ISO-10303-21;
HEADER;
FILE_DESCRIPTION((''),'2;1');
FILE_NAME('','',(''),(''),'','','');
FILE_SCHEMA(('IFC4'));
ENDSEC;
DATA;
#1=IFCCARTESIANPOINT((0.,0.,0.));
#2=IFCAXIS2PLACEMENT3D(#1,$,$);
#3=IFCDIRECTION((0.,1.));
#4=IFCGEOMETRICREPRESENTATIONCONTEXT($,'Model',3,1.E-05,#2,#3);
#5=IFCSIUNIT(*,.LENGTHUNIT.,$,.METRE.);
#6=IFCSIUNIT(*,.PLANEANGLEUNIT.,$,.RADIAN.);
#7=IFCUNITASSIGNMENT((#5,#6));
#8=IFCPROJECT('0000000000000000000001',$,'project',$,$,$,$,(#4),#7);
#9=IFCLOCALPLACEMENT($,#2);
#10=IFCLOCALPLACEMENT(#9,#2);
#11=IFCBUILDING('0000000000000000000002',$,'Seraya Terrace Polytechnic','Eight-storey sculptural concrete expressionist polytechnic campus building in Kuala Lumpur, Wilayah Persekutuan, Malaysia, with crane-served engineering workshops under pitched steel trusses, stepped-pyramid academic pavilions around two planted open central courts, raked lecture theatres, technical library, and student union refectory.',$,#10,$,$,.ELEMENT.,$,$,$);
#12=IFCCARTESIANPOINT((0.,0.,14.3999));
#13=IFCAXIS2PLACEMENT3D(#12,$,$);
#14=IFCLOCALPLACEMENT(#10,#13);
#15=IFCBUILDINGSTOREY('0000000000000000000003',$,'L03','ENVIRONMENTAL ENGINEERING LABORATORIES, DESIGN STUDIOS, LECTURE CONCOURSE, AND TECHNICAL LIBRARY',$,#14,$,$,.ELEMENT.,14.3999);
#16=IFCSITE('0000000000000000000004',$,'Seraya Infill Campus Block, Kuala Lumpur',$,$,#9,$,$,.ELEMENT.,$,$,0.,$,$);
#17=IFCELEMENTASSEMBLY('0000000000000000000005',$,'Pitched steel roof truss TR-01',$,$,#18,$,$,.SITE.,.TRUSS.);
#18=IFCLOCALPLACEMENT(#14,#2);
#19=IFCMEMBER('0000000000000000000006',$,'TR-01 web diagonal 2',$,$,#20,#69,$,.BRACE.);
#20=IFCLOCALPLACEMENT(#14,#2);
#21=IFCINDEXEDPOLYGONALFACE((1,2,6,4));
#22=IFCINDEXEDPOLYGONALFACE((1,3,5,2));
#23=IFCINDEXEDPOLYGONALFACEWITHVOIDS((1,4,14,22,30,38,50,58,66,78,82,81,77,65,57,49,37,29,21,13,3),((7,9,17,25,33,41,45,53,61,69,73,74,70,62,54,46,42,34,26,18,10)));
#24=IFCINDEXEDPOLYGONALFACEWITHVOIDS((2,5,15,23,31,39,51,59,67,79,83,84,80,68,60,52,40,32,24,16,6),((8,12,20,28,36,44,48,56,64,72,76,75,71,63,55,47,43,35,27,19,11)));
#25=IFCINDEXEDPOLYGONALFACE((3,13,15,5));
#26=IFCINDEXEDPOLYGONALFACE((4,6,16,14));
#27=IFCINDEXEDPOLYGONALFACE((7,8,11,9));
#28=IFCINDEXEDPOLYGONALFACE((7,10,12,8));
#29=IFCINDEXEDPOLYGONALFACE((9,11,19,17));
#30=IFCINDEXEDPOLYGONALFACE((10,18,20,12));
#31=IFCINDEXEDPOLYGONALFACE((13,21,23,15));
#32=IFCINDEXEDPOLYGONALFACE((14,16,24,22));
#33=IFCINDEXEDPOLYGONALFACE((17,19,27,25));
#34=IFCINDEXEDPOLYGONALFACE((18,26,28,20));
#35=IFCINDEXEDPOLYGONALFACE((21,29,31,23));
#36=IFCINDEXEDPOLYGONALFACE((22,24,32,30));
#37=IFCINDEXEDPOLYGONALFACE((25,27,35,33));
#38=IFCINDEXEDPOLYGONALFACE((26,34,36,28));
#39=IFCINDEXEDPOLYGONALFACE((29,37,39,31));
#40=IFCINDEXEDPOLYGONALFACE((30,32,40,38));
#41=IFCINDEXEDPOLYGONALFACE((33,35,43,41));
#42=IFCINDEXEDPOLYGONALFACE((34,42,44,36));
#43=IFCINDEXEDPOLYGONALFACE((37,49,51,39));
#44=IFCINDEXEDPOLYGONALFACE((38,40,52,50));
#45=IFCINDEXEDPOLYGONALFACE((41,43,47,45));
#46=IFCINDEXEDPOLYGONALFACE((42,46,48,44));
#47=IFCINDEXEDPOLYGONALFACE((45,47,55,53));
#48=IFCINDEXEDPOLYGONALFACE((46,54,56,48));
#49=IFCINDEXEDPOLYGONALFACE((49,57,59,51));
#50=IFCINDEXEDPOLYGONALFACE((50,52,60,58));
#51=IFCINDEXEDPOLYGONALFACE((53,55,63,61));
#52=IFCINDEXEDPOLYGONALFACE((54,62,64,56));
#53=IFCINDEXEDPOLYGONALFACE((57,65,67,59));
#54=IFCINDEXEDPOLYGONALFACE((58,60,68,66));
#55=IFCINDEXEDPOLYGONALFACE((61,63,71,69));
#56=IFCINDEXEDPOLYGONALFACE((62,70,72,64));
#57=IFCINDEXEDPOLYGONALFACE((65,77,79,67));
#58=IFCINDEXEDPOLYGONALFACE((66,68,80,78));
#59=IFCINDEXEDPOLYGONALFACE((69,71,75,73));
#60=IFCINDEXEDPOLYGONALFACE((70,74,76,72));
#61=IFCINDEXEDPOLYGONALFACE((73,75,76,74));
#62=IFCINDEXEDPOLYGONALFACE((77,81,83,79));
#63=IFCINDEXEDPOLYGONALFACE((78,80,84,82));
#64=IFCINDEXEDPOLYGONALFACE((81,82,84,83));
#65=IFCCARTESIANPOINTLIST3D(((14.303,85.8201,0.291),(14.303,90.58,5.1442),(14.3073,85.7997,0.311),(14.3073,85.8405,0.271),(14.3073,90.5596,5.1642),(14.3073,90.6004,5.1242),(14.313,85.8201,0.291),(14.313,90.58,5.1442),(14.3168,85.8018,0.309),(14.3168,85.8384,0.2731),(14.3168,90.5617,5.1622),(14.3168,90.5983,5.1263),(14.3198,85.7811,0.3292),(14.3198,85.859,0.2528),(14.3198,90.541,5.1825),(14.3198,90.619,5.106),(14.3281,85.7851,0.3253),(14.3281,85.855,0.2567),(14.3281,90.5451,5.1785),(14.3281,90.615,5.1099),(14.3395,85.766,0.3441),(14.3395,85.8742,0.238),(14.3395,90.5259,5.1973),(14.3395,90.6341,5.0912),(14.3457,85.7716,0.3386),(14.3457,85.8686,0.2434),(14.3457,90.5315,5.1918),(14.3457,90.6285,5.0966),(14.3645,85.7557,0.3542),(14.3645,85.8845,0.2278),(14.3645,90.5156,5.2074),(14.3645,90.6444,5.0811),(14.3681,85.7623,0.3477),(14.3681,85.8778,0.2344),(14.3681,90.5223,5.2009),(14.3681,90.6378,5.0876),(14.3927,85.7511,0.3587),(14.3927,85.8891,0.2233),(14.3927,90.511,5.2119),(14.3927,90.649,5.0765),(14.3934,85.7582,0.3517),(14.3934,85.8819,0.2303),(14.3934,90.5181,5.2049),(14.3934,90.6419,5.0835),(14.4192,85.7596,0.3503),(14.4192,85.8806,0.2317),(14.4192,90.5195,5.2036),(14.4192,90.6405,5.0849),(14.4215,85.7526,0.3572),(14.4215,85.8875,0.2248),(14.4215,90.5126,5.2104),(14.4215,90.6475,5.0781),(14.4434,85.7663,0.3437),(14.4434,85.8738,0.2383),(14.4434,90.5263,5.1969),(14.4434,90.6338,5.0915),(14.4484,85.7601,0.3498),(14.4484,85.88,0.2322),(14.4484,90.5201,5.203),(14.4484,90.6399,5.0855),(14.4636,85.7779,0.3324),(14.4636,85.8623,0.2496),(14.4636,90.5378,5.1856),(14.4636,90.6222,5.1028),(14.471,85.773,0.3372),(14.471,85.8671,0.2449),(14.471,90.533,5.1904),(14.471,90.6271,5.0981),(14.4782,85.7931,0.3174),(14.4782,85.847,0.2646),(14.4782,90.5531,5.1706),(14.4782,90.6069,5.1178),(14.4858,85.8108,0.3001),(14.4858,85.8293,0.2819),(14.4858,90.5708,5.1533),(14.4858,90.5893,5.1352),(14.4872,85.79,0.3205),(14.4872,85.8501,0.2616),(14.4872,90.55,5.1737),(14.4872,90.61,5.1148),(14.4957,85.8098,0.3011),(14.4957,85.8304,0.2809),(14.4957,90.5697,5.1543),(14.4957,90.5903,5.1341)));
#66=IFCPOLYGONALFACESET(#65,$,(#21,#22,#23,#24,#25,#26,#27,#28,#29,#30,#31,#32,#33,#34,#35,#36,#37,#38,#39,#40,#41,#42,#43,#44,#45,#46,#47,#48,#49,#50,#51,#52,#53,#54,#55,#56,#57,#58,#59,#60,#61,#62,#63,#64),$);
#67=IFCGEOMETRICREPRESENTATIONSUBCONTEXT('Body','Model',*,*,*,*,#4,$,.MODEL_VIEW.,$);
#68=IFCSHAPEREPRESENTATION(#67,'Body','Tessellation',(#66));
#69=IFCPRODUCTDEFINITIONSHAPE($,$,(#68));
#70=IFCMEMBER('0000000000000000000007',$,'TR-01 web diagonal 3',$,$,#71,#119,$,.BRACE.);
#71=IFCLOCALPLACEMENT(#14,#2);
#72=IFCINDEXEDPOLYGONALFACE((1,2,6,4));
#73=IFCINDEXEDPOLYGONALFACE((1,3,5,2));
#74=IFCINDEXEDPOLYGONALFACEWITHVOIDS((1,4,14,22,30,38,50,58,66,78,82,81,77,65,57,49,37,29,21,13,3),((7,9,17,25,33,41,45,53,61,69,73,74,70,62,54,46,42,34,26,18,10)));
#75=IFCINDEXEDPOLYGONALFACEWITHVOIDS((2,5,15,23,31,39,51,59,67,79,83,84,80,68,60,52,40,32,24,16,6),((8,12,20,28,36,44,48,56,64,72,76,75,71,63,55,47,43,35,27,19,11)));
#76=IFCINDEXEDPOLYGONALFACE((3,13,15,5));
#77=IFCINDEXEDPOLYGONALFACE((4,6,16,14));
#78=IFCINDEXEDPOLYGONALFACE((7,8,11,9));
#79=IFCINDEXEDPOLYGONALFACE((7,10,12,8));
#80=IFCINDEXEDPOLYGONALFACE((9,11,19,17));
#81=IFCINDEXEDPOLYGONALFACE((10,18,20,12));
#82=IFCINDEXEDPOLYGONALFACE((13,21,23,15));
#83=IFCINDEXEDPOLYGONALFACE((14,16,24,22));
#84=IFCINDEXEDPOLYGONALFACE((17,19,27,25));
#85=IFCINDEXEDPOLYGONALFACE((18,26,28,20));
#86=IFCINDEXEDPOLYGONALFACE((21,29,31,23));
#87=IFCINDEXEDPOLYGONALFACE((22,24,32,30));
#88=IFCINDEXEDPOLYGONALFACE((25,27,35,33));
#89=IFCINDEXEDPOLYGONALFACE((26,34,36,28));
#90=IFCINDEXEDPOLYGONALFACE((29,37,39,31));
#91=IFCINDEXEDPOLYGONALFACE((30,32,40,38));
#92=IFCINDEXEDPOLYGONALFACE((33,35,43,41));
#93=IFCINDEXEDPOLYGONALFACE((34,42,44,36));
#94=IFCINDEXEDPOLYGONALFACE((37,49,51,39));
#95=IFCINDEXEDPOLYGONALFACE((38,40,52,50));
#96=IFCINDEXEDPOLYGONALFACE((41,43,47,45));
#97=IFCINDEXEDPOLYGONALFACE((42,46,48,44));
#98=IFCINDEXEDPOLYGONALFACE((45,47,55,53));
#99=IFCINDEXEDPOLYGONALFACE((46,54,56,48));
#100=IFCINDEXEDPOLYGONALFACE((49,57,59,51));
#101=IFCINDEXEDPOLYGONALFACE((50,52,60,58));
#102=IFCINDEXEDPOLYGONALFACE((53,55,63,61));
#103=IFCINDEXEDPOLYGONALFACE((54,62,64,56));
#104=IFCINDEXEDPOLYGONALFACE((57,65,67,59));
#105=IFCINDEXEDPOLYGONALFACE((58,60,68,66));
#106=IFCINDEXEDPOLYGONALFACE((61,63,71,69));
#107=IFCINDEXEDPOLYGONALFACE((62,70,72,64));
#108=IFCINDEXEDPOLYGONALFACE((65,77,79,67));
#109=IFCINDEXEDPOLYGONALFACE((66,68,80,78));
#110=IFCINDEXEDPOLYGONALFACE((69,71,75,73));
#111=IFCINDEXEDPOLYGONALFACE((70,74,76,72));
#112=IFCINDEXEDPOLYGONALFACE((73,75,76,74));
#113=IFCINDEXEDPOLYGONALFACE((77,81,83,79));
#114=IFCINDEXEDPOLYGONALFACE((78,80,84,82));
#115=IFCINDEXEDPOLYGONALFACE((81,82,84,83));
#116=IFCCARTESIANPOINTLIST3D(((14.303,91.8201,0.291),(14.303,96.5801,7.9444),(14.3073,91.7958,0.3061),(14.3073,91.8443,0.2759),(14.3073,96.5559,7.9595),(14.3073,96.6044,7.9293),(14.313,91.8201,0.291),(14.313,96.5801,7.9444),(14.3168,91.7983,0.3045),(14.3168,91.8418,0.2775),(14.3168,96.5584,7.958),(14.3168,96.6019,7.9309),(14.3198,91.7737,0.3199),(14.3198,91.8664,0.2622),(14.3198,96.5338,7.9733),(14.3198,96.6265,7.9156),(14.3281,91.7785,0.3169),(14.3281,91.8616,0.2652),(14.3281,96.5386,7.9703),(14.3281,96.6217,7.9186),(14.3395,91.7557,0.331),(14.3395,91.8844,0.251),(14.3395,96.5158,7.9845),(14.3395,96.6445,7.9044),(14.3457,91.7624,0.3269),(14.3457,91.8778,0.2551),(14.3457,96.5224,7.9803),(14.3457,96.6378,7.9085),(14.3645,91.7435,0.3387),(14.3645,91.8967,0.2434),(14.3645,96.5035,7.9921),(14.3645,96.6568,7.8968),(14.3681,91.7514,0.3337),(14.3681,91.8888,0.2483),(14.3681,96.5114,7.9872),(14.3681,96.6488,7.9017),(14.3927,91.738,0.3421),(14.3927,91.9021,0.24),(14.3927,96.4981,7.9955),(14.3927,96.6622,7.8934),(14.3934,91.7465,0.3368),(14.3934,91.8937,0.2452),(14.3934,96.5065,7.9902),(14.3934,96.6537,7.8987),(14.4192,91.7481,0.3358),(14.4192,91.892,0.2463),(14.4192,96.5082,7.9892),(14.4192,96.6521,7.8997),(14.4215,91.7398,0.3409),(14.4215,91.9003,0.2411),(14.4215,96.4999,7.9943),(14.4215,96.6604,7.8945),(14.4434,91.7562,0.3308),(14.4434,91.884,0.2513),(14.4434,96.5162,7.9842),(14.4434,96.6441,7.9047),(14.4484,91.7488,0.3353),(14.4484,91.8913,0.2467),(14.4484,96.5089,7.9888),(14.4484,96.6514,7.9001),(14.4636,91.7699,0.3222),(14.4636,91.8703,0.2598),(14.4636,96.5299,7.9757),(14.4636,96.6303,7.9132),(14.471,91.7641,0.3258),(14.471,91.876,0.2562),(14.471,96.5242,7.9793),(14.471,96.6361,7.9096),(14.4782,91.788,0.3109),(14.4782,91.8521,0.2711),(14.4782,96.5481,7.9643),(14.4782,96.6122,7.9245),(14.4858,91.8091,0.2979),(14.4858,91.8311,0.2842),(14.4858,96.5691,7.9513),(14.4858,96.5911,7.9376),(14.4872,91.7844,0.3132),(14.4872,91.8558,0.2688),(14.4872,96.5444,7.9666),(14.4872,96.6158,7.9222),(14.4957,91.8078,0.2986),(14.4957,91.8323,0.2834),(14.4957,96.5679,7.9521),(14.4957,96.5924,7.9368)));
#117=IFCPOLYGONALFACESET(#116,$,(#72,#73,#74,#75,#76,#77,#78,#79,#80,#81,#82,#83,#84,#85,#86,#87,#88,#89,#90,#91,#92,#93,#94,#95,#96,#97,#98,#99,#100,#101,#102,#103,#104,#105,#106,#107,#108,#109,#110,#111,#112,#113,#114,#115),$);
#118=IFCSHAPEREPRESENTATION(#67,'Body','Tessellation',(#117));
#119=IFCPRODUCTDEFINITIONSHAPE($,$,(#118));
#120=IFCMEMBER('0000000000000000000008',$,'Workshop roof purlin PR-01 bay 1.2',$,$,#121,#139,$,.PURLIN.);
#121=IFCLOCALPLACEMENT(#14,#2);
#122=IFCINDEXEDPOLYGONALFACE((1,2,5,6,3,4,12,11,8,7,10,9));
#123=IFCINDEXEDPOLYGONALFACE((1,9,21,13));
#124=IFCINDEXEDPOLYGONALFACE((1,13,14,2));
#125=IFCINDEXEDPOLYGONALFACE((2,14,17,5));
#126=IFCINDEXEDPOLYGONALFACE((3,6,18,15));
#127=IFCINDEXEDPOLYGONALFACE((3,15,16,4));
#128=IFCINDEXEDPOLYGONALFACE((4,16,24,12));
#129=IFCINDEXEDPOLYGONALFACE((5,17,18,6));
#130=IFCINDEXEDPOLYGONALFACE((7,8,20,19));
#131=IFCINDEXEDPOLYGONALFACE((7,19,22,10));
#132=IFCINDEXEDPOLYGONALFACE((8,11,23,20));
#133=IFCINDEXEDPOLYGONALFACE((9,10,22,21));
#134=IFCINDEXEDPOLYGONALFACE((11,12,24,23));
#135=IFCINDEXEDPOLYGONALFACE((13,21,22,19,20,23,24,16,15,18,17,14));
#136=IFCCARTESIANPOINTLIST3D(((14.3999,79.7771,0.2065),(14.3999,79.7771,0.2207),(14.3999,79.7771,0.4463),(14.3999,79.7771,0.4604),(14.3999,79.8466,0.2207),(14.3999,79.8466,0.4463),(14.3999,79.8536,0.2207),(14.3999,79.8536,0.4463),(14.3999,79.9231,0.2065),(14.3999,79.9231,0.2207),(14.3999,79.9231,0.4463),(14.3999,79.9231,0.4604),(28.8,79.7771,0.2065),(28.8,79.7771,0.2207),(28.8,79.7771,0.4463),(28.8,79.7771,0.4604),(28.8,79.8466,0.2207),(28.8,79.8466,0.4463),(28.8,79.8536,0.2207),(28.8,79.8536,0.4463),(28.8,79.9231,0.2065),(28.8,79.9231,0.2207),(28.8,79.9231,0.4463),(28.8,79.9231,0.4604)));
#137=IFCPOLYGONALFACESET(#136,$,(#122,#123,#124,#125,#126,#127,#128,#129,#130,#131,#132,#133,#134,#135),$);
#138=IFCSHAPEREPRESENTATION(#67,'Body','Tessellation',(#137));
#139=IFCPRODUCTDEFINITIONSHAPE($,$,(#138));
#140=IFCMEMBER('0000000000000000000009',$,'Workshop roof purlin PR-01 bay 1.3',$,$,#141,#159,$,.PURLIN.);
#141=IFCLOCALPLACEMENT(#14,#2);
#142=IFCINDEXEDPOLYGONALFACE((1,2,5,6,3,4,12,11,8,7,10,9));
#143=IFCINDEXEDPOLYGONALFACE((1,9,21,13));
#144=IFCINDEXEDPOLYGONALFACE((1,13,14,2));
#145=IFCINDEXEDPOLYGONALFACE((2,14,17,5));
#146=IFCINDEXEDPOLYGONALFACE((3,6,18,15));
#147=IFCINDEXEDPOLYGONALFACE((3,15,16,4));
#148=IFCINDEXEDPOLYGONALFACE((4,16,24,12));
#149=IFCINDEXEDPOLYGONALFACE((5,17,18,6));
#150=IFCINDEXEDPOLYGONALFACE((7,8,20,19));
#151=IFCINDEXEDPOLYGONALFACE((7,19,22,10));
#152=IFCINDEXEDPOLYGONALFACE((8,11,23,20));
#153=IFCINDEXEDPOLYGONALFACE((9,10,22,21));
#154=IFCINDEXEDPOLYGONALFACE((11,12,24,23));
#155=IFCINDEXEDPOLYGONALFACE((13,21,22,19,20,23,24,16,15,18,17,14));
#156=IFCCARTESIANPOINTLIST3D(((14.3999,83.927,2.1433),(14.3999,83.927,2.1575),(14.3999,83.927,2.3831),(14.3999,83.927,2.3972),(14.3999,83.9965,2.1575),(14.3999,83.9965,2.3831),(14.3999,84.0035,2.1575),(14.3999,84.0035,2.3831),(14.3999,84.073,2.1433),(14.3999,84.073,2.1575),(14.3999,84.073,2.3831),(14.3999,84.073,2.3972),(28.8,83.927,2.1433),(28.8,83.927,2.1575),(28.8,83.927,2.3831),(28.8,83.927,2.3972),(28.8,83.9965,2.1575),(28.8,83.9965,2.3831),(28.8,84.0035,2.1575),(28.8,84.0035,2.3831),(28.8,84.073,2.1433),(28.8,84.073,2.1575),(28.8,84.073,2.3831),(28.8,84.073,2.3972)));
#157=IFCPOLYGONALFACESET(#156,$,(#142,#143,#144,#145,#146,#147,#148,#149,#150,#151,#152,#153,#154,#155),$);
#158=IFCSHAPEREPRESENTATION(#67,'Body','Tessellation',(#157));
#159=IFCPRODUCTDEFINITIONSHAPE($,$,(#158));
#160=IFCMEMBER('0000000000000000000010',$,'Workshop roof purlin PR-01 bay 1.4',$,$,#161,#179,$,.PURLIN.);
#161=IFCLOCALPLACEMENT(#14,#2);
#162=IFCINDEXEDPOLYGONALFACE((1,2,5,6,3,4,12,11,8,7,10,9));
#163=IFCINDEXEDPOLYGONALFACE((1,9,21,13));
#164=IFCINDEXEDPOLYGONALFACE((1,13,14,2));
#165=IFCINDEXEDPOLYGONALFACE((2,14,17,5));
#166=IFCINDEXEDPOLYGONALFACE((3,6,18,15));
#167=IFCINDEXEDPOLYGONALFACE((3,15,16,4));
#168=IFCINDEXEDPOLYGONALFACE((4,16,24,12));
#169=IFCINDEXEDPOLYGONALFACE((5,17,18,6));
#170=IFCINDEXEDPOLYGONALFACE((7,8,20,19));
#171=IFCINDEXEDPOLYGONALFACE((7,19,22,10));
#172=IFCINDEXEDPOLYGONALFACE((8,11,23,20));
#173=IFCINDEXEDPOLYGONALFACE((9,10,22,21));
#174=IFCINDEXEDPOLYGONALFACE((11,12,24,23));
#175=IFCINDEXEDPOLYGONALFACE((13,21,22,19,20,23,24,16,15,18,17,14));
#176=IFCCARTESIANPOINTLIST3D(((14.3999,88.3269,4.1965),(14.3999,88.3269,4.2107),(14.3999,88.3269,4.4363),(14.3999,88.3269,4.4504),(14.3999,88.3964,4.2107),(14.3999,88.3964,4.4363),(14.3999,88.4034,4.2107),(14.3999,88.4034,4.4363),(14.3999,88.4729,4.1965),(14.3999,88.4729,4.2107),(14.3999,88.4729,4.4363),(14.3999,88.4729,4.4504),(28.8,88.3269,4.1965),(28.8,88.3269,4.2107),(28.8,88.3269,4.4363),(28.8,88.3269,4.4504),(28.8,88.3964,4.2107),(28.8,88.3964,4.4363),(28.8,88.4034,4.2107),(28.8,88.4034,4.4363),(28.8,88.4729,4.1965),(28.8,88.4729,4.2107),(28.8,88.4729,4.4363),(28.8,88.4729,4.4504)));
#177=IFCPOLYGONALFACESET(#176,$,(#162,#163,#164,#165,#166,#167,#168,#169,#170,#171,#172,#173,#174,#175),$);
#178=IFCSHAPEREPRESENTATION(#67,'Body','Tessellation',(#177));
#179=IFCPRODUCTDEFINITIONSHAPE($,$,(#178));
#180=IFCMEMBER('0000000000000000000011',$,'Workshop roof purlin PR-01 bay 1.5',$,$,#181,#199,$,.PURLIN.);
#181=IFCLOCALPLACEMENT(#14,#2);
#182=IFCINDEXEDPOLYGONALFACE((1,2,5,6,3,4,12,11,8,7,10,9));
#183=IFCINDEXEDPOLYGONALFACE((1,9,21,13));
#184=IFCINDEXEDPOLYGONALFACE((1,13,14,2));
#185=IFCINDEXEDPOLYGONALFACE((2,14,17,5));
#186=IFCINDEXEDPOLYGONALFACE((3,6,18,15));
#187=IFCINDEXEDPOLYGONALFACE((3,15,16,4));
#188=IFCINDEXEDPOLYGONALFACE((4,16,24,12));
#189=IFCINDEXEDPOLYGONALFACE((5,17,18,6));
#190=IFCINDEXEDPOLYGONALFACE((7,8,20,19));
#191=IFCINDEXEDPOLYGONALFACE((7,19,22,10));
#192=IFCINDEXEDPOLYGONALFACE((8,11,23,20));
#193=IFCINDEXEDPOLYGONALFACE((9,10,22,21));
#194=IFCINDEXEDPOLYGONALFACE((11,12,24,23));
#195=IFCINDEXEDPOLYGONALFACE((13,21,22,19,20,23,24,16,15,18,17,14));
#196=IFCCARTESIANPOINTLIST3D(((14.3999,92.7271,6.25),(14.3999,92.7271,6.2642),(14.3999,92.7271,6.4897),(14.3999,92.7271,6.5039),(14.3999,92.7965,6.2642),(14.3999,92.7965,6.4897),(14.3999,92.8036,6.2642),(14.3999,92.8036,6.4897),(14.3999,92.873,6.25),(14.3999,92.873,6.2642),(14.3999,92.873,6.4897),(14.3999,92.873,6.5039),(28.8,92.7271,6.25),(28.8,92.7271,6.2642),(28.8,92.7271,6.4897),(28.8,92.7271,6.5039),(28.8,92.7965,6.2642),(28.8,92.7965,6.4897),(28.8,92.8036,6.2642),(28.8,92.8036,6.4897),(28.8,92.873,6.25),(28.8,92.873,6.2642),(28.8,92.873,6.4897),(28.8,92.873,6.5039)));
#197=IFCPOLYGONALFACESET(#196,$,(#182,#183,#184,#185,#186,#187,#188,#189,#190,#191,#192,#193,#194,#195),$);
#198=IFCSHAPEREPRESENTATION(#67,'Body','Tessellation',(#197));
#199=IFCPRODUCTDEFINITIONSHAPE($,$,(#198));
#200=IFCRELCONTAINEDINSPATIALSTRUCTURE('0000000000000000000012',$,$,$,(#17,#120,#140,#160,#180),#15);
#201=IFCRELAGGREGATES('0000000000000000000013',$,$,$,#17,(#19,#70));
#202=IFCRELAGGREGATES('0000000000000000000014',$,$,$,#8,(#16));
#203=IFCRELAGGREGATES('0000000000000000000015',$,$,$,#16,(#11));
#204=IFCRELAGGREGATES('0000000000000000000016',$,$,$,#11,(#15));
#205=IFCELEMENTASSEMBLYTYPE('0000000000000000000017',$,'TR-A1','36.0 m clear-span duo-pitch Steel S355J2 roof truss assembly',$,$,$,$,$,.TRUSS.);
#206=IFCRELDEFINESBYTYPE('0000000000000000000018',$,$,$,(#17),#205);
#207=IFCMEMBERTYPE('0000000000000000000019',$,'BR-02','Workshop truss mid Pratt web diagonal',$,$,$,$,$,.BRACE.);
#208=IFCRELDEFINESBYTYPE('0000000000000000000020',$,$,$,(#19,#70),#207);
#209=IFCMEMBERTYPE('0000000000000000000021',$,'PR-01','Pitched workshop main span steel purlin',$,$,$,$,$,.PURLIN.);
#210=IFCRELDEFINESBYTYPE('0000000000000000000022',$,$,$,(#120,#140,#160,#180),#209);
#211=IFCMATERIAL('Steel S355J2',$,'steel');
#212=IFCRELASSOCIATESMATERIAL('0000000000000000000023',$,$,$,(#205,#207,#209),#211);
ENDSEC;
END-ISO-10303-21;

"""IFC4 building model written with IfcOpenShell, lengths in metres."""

from ifc_helpers import new_model, si_unit, direction, frame, origin, origin_2d, place, context, subcontext, project, spatial, hollow_circle, i_section, extrude, material, material_profile, profile_set, type_object, element, aggregate, save


model = new_model("IFC4")

# Units and contexts
model_context = context("Model", 3, precision=1e-05, world=origin(), true_north=direction((0.0, 1.0)))
body_context = subcontext(model_context, "Body", "Model", "MODEL_VIEW")
ifc_project = project(units=[si_unit("LENGTHUNIT", "METRE"), si_unit("PLANEANGLEUNIT", "RADIAN")], contexts=[model_context])

# Site, building, storey
site_placement = place(None, origin())
site = spatial("IfcSite", under=ifc_project, at=site_placement, Name="Seraya Infill Campus Block, Kuala Lumpur", CompositionType="ELEMENT", RefElevation=0.0)
building_placement = place(site_placement, origin())
building = spatial("IfcBuilding", under=site, at=building_placement, Name="Seraya Terrace Polytechnic", Description="Eight-storey sculptural concrete expressionist polytechnic campus building in Kuala Lumpur, Wilayah Persekutuan, Malaysia, with crane-served engineering workshops under pitched steel trusses, stepped-pyramid academic pavilions around two planted open central courts, raked lecture theatres, technical library, and student union refectory.", CompositionType="ELEMENT")
storey_placement = place(building_placement, frame((0.0, 0.0, 14.3999)))
storey = spatial("IfcBuildingStorey", under=building, at=storey_placement, Name="L03", Description="ENVIRONMENTAL ENGINEERING LABORATORIES, DESIGN STUDIOS, LECTURE CONCOURSE, AND TECHNICAL LIBRARY", CompositionType="ELEMENT", Elevation=14.3999)

# Element assembly
ifc_material_1 = material(Name="Steel S355J2", Category="steel")
element_assembly_type = type_object("IfcElementAssemblyType", Name="TR-A1", Description="36.0 m clear-span duo-pitch Steel S355J2 roof truss assembly", PredefinedType="TRUSS", material=ifc_material_1)
assembly_placement = place(storey_placement, origin())
assembly = element("IfcElementAssembly", 1, at=assembly_placement, inside=storey, type_object=element_assembly_type, Name="Pitched steel roof truss TR-01", AssemblyPlace="SITE", PredefinedType="TRUSS")

# Members
ifc_material_profile_1 = material_profile(ifc_material_1, hollow_circle(Radius=0.0969, WallThickness=0.01, at=origin_2d()), Name="CHS 193.7x10.0")
ifc_profile_set_1 = profile_set([ifc_material_profile_1], Name="Steel S355J2")
member_type_1 = type_object("IfcMemberType", Name="BR-02", Description="Workshop truss mid Pratt web diagonal", PredefinedType="BRACE", material=ifc_profile_set_1)
member_1_placement = place(storey_placement, frame((14.3999, 85.8201, 0.291), z_axis=(0.0, 0.700214, 0.713933), x_axis=(-1.0, 0.0, 0.0)))
member_1 = element("IfcMember", 2, at=member_1_placement, type_object=member_type_1, Name="TR-01 web diagonal 2", PredefinedType="BRACE", context=body_context, shape_type="SweptSolid", body=[
    extrude(hollow_circle(Radius=0.0969, WallThickness=0.01, at=origin_2d()), origin(), (0.0, 0.0, 1.0), 6.7979),
])
member_2_placement = place(storey_placement, frame((14.3999, 91.8201, 0.291), z_axis=(0.0, 0.528137, 0.849159), x_axis=(-1.0, 0.0, 0.0)))
member_2 = element("IfcMember", 3, at=member_2_placement, type_object=member_type_1, Name="TR-01 web diagonal 3", PredefinedType="BRACE", context=body_context, shape_type="SweptSolid", body=[
    extrude(hollow_circle(Radius=0.0969, WallThickness=0.01, at=origin_2d()), origin(), (0.0, 0.0, 1.0), 9.0129),
])

# Members
ifc_material_profile_2 = material_profile(ifc_material_1, i_section(OverallWidth=0.146, OverallDepth=0.2539, WebThickness=0.0071, FlangeThickness=0.0142, at=origin_2d()), Name="UKB 254x146x7.2x14.2")
ifc_profile_set_2 = profile_set([ifc_material_profile_2], Name="Steel S355J2")
member_type_2 = type_object("IfcMemberType", Name="PR-01", Description="Pitched workshop main span steel purlin", PredefinedType="PURLIN", material=ifc_profile_set_2)
for number, where, z_axis, x_axis, name in (
    (4, (14.3999, 79.8501, 0.3335), (1.0, 0.0, 0.0), (0.0, 1.0, 0.0), "Workshop roof purlin PR-01 bay 1.2"),
    (5, (14.3999, 84.0, 2.2703), (1.0, 0.0, 0.0), (0.0, 1.0, 0.0), "Workshop roof purlin PR-01 bay 1.3"),
    (6, (14.3999, 88.3999, 4.3235), (1.0, 0.0, 0.0), (0.0, 1.0, 0.0), "Workshop roof purlin PR-01 bay 1.4"),
    (7, (14.3999, 92.8, 6.377), (1.0, 0.0, 0.0), (0.0, 1.0, 0.0), "Workshop roof purlin PR-01 bay 1.5"),
):
    element("IfcMember", number, at=place(storey_placement, frame(where, z_axis=z_axis, x_axis=x_axis)), inside=storey, type_object=member_type_2, Name=name, PredefinedType="PURLIN", context=body_context, shape_type="SweptSolid", body=[
        extrude(i_section(OverallWidth=0.146, OverallDepth=0.2539, WebThickness=0.0071, FlangeThickness=0.0142, at=origin_2d()), origin(), (0.0, 0.0, 1.0), 14.4001),
    ])

aggregate(assembly, [member_1, member_2])

save(model, "model.ifc")
